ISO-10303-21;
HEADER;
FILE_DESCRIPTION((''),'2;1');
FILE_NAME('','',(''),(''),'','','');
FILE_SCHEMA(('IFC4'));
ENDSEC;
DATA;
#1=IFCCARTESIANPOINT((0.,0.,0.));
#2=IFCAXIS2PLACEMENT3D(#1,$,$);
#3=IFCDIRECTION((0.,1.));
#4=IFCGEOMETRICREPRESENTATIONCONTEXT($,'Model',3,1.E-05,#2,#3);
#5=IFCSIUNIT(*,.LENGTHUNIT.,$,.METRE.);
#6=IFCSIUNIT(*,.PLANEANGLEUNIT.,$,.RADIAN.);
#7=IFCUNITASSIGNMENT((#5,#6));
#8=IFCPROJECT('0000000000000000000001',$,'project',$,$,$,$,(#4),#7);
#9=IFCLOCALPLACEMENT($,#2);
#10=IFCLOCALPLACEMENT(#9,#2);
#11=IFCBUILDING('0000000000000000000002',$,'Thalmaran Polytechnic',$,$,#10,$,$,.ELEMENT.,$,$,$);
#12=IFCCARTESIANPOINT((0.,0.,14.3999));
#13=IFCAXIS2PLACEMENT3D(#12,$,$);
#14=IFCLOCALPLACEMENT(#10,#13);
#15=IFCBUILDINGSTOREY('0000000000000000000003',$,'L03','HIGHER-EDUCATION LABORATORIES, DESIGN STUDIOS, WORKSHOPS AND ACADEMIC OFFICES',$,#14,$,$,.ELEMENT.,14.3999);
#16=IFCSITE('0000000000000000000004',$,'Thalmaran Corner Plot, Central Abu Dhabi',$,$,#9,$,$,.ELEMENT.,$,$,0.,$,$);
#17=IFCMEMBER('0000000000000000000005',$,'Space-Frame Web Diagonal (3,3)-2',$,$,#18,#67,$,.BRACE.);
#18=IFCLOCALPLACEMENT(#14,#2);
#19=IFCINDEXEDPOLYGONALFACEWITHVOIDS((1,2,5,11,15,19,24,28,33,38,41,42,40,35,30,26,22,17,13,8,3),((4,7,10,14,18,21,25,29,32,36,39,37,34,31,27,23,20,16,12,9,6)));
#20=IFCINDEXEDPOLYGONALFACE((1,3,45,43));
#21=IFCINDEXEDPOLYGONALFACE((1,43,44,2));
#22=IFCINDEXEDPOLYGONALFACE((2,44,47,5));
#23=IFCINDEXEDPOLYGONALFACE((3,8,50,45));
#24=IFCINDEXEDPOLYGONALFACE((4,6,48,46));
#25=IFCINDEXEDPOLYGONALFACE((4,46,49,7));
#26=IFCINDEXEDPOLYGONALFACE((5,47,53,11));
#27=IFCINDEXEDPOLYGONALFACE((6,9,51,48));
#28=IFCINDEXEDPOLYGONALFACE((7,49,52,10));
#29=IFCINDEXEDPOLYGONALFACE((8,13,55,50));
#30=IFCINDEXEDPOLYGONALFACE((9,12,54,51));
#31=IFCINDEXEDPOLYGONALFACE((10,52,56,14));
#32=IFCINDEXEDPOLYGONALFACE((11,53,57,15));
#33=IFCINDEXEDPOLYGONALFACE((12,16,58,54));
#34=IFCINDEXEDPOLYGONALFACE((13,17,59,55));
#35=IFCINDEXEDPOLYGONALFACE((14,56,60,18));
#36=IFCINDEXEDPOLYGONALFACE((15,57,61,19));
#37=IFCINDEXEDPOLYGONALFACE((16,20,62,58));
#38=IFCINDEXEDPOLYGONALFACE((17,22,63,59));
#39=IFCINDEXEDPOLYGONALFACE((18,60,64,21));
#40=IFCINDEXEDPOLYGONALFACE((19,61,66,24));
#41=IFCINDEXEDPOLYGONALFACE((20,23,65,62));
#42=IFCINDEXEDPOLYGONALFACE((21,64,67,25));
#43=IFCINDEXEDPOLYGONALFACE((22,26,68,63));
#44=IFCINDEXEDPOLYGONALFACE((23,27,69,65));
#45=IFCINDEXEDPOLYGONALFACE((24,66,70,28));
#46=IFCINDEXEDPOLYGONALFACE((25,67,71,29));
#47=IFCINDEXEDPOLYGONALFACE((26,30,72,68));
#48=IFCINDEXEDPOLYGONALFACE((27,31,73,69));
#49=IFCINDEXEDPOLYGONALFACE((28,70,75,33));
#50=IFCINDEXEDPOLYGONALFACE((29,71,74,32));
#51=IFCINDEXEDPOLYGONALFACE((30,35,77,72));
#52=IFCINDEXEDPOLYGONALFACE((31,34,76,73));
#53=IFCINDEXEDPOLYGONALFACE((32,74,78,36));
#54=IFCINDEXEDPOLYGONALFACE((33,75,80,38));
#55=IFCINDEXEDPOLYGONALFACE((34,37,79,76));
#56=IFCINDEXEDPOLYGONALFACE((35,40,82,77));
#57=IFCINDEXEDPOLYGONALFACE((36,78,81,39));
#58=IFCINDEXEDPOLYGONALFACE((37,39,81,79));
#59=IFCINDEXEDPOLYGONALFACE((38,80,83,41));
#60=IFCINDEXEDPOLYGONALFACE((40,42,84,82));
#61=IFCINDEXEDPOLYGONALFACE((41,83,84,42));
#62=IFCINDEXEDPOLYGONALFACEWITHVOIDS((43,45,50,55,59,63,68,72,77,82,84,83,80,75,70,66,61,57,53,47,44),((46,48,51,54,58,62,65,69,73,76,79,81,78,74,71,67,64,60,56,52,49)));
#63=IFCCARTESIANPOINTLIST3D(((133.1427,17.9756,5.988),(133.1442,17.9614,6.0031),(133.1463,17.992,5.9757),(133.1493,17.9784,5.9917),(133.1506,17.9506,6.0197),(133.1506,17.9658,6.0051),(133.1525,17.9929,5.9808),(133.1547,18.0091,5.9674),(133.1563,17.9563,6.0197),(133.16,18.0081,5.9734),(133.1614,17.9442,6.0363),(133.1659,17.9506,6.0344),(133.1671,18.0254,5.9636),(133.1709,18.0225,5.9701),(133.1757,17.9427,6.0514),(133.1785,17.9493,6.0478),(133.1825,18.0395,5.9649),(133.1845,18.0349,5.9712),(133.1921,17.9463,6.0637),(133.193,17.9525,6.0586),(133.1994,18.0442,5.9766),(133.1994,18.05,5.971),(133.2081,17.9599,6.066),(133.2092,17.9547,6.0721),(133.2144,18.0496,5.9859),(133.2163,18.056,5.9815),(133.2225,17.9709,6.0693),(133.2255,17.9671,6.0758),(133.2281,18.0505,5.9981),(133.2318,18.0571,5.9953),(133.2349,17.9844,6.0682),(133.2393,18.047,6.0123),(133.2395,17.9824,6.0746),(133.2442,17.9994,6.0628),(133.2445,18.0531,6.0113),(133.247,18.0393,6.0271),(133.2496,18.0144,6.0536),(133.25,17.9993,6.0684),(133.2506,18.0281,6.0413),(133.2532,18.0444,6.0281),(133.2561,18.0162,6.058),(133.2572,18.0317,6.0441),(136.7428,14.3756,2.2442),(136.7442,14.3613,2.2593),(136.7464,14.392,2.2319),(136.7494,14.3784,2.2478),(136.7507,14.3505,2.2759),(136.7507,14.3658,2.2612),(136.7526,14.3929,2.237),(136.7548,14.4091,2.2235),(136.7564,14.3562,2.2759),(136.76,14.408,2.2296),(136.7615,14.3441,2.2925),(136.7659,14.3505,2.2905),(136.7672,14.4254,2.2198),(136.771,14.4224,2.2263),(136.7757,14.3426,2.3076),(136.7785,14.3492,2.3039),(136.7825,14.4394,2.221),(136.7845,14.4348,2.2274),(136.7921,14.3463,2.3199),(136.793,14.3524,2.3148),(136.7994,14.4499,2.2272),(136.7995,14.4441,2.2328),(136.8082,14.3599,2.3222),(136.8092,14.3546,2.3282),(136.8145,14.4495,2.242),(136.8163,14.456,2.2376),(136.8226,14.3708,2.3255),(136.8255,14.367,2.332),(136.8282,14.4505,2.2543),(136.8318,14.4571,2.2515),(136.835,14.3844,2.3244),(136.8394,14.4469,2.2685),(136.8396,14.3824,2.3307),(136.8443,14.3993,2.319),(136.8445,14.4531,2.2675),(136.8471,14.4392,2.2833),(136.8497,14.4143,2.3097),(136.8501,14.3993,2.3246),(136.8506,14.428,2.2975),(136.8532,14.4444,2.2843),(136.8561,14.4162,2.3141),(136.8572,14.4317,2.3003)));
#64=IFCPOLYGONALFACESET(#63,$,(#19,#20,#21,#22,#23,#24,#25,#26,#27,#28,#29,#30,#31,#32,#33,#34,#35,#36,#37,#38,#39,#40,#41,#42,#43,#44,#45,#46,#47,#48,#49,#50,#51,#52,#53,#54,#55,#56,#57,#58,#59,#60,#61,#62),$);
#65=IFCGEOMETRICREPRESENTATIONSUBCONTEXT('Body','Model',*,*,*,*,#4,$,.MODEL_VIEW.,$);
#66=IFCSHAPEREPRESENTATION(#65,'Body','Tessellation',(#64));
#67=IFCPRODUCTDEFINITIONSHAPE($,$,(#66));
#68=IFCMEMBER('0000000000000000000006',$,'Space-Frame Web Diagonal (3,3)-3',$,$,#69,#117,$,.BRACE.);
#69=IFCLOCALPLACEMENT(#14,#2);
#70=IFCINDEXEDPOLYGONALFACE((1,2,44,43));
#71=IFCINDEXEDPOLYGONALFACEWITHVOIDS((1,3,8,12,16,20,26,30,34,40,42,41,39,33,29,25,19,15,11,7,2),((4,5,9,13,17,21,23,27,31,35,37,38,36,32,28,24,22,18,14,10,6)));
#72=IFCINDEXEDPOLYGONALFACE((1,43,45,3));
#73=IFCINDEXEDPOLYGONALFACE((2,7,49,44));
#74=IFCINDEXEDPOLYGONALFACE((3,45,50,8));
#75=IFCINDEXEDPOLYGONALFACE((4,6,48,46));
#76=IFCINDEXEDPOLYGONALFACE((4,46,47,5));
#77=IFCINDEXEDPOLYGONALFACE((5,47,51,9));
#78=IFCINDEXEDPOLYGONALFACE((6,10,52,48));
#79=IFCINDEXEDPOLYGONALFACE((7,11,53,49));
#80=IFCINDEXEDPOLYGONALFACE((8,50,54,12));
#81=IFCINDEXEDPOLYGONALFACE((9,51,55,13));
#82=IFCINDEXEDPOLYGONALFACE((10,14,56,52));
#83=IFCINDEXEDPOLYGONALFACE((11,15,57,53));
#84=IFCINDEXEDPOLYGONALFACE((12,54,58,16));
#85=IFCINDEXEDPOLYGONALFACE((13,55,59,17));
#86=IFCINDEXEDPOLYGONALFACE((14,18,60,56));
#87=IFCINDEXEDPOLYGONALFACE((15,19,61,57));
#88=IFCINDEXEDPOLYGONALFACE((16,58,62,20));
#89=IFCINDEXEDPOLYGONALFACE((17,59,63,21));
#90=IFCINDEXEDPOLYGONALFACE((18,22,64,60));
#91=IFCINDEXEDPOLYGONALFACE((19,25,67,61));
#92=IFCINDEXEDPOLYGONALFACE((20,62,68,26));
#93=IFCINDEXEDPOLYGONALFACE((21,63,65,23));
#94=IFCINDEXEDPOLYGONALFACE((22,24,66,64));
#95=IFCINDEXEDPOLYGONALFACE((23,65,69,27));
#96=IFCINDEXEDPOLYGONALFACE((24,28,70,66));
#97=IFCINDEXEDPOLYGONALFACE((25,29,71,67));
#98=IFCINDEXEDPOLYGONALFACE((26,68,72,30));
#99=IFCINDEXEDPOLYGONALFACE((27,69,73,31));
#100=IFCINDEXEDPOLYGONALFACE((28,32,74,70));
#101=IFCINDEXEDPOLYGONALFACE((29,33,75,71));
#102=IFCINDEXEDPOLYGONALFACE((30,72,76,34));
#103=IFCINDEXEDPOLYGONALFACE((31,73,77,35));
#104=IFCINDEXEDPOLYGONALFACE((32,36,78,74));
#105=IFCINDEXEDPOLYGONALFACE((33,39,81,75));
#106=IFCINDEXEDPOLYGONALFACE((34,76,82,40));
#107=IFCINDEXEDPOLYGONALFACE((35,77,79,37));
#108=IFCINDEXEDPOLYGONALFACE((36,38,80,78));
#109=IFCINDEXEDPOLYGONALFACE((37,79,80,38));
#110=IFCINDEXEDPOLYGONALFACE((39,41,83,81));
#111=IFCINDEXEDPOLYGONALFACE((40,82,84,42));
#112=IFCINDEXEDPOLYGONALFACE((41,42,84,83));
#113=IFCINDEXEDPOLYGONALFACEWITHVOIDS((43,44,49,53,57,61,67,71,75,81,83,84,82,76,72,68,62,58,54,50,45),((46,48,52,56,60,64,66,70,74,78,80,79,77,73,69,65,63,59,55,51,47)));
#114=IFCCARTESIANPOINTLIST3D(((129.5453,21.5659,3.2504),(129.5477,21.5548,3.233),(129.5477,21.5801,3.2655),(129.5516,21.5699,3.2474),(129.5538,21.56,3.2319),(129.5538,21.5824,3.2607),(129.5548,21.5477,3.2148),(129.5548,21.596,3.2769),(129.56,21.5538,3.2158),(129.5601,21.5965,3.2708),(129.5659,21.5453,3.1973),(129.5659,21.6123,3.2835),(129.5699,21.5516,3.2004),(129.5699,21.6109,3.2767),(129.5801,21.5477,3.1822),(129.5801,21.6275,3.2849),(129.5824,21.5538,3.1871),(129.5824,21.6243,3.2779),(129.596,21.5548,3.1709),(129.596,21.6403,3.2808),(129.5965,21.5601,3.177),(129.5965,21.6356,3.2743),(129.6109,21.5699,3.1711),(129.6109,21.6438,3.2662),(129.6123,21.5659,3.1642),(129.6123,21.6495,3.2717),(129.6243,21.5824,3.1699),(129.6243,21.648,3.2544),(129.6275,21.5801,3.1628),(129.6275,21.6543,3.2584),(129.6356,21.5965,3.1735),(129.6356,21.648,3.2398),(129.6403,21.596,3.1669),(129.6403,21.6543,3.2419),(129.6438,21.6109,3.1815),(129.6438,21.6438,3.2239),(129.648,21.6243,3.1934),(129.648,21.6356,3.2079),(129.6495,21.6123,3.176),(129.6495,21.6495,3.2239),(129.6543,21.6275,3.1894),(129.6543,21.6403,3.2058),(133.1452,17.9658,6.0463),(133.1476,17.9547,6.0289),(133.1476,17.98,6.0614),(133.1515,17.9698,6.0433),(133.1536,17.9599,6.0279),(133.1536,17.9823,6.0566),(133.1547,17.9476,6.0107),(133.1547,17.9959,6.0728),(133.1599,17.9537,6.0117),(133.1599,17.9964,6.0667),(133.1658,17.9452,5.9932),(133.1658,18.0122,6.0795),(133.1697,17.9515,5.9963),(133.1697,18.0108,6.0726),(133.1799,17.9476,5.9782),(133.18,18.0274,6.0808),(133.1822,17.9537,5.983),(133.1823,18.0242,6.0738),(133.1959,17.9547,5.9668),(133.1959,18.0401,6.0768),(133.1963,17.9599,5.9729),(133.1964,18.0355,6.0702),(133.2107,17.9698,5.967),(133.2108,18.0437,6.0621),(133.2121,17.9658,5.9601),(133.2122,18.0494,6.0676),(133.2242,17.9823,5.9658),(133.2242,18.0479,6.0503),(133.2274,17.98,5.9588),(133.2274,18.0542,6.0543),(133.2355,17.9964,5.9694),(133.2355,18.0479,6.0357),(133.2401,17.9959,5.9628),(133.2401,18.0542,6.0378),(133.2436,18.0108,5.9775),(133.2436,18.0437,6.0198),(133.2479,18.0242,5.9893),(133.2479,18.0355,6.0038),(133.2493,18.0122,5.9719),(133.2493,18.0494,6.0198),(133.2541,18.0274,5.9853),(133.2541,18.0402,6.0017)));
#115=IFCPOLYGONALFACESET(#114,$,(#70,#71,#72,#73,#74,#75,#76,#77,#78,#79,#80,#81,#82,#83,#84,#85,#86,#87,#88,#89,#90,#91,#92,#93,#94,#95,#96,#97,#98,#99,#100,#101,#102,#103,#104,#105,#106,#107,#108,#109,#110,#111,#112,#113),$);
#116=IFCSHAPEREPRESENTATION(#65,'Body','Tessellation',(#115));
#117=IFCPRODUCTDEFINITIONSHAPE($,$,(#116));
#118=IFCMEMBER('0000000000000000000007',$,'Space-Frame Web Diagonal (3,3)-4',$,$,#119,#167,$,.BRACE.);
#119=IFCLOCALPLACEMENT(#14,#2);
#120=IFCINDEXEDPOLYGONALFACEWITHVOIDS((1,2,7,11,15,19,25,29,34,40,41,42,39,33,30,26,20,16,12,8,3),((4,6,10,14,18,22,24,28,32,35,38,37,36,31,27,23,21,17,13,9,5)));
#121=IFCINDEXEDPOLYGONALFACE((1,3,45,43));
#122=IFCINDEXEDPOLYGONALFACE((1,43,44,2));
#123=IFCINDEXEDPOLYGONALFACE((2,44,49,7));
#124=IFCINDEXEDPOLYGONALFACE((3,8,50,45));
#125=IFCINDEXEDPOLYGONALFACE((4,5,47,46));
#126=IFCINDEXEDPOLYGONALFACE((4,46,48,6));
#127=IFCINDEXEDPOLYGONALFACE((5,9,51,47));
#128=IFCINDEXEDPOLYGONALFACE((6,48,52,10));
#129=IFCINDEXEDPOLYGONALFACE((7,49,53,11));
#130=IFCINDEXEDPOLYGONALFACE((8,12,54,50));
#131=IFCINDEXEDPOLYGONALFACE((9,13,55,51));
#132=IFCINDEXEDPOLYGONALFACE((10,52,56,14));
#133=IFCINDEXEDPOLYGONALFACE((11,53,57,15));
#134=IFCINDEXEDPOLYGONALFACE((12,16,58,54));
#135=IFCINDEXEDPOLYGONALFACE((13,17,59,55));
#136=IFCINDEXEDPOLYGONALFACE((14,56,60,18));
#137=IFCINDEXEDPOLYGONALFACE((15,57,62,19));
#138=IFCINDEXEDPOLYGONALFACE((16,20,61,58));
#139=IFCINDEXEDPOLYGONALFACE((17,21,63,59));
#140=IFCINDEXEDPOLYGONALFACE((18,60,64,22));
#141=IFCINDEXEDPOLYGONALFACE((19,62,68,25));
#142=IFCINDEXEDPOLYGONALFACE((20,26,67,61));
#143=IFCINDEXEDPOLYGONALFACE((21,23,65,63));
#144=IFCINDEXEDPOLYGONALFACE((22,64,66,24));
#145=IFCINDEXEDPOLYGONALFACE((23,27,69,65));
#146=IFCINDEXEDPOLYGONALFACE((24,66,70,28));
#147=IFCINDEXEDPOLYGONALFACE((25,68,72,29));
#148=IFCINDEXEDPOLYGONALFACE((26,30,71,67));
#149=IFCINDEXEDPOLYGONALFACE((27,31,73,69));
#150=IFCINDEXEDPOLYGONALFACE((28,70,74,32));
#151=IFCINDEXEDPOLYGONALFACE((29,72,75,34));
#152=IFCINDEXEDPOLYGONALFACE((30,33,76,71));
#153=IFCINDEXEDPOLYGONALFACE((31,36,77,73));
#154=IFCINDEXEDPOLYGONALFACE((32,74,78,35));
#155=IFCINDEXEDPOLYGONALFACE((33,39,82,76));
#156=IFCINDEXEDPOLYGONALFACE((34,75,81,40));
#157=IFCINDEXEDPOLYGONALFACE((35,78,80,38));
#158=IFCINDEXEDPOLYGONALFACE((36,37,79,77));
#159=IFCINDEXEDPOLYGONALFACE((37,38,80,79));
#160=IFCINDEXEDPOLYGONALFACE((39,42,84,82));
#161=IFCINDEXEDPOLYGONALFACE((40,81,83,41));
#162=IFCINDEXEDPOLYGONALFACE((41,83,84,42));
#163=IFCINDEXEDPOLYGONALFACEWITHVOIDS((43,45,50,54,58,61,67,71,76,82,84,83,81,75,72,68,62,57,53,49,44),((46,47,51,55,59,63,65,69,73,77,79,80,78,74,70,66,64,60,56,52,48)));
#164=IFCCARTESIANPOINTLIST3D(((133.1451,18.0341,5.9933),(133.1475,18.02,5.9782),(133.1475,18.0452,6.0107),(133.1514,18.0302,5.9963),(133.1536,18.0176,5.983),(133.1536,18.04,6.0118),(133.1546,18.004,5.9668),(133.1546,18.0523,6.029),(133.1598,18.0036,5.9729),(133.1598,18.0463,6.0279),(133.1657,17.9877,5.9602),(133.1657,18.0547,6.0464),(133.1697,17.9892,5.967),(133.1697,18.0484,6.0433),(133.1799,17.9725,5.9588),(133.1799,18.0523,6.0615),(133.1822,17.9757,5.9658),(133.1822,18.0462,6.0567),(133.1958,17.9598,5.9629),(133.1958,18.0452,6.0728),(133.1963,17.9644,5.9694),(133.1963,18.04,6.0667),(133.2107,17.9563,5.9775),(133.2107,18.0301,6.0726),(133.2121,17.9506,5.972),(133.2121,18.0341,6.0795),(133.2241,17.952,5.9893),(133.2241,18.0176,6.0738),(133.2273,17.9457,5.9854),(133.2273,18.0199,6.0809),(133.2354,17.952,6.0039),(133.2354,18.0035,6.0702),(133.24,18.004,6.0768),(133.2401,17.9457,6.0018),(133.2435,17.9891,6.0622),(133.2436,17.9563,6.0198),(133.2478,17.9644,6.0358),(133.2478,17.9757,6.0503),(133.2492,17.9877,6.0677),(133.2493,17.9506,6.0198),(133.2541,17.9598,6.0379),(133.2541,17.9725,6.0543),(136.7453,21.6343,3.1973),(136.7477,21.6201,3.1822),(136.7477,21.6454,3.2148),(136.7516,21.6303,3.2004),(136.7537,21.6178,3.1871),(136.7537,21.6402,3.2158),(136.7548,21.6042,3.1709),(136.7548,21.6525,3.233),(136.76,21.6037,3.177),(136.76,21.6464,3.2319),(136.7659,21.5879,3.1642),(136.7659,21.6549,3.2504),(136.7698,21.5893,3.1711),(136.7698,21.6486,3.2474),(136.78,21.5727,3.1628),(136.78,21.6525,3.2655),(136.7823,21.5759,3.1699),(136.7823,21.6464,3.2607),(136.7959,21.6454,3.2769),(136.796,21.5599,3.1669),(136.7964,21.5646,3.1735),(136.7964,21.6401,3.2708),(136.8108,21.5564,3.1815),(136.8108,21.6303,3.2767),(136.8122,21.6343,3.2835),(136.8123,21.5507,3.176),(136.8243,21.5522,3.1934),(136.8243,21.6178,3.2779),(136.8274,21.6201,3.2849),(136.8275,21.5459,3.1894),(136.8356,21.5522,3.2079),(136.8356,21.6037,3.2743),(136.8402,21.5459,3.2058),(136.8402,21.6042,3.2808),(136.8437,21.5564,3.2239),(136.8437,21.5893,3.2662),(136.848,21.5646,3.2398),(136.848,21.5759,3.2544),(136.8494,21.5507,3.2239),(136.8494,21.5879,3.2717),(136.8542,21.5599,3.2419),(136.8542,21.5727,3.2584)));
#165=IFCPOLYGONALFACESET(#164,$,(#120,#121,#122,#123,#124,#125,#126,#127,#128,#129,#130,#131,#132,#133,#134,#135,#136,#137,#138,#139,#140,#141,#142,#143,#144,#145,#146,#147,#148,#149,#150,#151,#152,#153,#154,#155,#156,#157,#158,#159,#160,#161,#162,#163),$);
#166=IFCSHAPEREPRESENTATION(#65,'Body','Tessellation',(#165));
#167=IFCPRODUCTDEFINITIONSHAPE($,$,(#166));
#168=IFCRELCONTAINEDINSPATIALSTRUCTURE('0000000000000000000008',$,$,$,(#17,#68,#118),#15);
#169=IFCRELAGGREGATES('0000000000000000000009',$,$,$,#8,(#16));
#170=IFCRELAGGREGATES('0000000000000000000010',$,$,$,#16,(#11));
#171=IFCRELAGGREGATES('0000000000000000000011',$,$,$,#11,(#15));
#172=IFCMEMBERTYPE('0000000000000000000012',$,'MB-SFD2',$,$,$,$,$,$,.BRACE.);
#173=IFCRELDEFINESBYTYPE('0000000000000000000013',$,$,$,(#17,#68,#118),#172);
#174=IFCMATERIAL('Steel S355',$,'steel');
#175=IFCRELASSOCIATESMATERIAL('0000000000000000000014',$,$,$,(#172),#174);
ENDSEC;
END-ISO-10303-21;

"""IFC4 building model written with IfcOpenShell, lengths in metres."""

from ifc_helpers import new_model, si_unit, direction, frame, origin, origin_2d, place, context, subcontext, project, spatial, hollow_circle, extrude, material, material_profile, profile_set, type_object, element, save


model = new_model("IFC4")

# Units and contexts
model_context = context("Model", 3, precision=1e-05, world=origin(), true_north=direction((0.0, 1.0)))
body_context = subcontext(model_context, "Body", "Model", "MODEL_VIEW")
ifc_project = project(units=[si_unit("LENGTHUNIT", "METRE"), si_unit("PLANEANGLEUNIT", "RADIAN")], contexts=[model_context])

# Site, building, storey
site_placement = place(None, origin())
site = spatial("IfcSite", under=ifc_project, at=site_placement, Name="Thalmaran Corner Plot, Central Abu Dhabi", CompositionType="ELEMENT", RefElevation=0.0)
building_placement = place(site_placement, origin())
building = spatial("IfcBuilding", under=site, at=building_placement, Name="Thalmaran Polytechnic", CompositionType="ELEMENT")
storey_placement = place(building_placement, frame((0.0, 0.0, 14.3999)))
storey = spatial("IfcBuildingStorey", under=building, at=storey_placement, Name="L03", Description="HIGHER-EDUCATION LABORATORIES, DESIGN STUDIOS, WORKSHOPS AND ACADEMIC OFFICES", CompositionType="ELEMENT", Elevation=14.3999)

# Members
ifc_material = material(Name="Steel S355", Category="steel")
ifc_material_profile_1 = material_profile(ifc_material, hollow_circle(Radius=0.0698, WallThickness=0.0081, at=origin_2d()), Name="CHS 139.7x8.0")
ifc_profile_set_1 = profile_set([ifc_material_profile_1], Name="Steel S355")
member_type_1 = type_object("IfcMemberType", Name="MB-SFD2", PredefinedType="BRACE", material=ifc_profile_set_1)
for number, where, z_axis, x_axis, name in (
    (1, (136.8, 14.3999, 2.2759), (-0.569666, 0.569666, 0.59242), (-0.707107, -0.707107, 0.0), "Space-Frame Web Diagonal (3,3)-2"),
):
    element("IfcMember", number, at=place(storey_placement, frame(where, z_axis=z_axis, x_axis=x_axis)), inside=storey, type_object=member_type_1, Name=name, PredefinedType="BRACE", context=body_context, shape_type="SweptSolid", body=[
        extrude(hollow_circle(Radius=0.0698, WallThickness=0.0081, at=origin_2d()), origin(), (0.0, 0.0, 1.0), 6.3196),
    ])
member_1_placement = place(storey_placement, frame((129.6001, 21.6001, 3.2239), z_axis=(0.619774, -0.619816, 0.48136), x_axis=(0.707131, 0.707083, 0.0)))
element("IfcMember", 2, at=member_1_placement, inside=storey, type_object=member_type_1, Name="Space-Frame Web Diagonal (3,3)-3", PredefinedType="BRACE", context=body_context, shape_type="SweptSolid", body=[
    extrude(hollow_circle(Radius=0.0698, WallThickness=0.0081, at=origin_2d()), origin(), (0.0, 0.0, 1.0), 5.8083),
])
member_2_placement = place(storey_placement, frame((136.8, 21.6001, 3.2239), z_axis=(-0.6198, -0.6198, 0.481348), x_axis=(0.707107, -0.707107, 0.0)))
element("IfcMember", 3, at=member_2_placement, inside=storey, type_object=member_type_1, Name="Space-Frame Web Diagonal (3,3)-4", PredefinedType="BRACE", context=body_context, shape_type="SweptSolid", body=[
    extrude(hollow_circle(Radius=0.0698, WallThickness=0.0081, at=origin_2d()), origin(), (0.0, 0.0, 1.0), 5.8086),
])

save(model, "model.ifc")
